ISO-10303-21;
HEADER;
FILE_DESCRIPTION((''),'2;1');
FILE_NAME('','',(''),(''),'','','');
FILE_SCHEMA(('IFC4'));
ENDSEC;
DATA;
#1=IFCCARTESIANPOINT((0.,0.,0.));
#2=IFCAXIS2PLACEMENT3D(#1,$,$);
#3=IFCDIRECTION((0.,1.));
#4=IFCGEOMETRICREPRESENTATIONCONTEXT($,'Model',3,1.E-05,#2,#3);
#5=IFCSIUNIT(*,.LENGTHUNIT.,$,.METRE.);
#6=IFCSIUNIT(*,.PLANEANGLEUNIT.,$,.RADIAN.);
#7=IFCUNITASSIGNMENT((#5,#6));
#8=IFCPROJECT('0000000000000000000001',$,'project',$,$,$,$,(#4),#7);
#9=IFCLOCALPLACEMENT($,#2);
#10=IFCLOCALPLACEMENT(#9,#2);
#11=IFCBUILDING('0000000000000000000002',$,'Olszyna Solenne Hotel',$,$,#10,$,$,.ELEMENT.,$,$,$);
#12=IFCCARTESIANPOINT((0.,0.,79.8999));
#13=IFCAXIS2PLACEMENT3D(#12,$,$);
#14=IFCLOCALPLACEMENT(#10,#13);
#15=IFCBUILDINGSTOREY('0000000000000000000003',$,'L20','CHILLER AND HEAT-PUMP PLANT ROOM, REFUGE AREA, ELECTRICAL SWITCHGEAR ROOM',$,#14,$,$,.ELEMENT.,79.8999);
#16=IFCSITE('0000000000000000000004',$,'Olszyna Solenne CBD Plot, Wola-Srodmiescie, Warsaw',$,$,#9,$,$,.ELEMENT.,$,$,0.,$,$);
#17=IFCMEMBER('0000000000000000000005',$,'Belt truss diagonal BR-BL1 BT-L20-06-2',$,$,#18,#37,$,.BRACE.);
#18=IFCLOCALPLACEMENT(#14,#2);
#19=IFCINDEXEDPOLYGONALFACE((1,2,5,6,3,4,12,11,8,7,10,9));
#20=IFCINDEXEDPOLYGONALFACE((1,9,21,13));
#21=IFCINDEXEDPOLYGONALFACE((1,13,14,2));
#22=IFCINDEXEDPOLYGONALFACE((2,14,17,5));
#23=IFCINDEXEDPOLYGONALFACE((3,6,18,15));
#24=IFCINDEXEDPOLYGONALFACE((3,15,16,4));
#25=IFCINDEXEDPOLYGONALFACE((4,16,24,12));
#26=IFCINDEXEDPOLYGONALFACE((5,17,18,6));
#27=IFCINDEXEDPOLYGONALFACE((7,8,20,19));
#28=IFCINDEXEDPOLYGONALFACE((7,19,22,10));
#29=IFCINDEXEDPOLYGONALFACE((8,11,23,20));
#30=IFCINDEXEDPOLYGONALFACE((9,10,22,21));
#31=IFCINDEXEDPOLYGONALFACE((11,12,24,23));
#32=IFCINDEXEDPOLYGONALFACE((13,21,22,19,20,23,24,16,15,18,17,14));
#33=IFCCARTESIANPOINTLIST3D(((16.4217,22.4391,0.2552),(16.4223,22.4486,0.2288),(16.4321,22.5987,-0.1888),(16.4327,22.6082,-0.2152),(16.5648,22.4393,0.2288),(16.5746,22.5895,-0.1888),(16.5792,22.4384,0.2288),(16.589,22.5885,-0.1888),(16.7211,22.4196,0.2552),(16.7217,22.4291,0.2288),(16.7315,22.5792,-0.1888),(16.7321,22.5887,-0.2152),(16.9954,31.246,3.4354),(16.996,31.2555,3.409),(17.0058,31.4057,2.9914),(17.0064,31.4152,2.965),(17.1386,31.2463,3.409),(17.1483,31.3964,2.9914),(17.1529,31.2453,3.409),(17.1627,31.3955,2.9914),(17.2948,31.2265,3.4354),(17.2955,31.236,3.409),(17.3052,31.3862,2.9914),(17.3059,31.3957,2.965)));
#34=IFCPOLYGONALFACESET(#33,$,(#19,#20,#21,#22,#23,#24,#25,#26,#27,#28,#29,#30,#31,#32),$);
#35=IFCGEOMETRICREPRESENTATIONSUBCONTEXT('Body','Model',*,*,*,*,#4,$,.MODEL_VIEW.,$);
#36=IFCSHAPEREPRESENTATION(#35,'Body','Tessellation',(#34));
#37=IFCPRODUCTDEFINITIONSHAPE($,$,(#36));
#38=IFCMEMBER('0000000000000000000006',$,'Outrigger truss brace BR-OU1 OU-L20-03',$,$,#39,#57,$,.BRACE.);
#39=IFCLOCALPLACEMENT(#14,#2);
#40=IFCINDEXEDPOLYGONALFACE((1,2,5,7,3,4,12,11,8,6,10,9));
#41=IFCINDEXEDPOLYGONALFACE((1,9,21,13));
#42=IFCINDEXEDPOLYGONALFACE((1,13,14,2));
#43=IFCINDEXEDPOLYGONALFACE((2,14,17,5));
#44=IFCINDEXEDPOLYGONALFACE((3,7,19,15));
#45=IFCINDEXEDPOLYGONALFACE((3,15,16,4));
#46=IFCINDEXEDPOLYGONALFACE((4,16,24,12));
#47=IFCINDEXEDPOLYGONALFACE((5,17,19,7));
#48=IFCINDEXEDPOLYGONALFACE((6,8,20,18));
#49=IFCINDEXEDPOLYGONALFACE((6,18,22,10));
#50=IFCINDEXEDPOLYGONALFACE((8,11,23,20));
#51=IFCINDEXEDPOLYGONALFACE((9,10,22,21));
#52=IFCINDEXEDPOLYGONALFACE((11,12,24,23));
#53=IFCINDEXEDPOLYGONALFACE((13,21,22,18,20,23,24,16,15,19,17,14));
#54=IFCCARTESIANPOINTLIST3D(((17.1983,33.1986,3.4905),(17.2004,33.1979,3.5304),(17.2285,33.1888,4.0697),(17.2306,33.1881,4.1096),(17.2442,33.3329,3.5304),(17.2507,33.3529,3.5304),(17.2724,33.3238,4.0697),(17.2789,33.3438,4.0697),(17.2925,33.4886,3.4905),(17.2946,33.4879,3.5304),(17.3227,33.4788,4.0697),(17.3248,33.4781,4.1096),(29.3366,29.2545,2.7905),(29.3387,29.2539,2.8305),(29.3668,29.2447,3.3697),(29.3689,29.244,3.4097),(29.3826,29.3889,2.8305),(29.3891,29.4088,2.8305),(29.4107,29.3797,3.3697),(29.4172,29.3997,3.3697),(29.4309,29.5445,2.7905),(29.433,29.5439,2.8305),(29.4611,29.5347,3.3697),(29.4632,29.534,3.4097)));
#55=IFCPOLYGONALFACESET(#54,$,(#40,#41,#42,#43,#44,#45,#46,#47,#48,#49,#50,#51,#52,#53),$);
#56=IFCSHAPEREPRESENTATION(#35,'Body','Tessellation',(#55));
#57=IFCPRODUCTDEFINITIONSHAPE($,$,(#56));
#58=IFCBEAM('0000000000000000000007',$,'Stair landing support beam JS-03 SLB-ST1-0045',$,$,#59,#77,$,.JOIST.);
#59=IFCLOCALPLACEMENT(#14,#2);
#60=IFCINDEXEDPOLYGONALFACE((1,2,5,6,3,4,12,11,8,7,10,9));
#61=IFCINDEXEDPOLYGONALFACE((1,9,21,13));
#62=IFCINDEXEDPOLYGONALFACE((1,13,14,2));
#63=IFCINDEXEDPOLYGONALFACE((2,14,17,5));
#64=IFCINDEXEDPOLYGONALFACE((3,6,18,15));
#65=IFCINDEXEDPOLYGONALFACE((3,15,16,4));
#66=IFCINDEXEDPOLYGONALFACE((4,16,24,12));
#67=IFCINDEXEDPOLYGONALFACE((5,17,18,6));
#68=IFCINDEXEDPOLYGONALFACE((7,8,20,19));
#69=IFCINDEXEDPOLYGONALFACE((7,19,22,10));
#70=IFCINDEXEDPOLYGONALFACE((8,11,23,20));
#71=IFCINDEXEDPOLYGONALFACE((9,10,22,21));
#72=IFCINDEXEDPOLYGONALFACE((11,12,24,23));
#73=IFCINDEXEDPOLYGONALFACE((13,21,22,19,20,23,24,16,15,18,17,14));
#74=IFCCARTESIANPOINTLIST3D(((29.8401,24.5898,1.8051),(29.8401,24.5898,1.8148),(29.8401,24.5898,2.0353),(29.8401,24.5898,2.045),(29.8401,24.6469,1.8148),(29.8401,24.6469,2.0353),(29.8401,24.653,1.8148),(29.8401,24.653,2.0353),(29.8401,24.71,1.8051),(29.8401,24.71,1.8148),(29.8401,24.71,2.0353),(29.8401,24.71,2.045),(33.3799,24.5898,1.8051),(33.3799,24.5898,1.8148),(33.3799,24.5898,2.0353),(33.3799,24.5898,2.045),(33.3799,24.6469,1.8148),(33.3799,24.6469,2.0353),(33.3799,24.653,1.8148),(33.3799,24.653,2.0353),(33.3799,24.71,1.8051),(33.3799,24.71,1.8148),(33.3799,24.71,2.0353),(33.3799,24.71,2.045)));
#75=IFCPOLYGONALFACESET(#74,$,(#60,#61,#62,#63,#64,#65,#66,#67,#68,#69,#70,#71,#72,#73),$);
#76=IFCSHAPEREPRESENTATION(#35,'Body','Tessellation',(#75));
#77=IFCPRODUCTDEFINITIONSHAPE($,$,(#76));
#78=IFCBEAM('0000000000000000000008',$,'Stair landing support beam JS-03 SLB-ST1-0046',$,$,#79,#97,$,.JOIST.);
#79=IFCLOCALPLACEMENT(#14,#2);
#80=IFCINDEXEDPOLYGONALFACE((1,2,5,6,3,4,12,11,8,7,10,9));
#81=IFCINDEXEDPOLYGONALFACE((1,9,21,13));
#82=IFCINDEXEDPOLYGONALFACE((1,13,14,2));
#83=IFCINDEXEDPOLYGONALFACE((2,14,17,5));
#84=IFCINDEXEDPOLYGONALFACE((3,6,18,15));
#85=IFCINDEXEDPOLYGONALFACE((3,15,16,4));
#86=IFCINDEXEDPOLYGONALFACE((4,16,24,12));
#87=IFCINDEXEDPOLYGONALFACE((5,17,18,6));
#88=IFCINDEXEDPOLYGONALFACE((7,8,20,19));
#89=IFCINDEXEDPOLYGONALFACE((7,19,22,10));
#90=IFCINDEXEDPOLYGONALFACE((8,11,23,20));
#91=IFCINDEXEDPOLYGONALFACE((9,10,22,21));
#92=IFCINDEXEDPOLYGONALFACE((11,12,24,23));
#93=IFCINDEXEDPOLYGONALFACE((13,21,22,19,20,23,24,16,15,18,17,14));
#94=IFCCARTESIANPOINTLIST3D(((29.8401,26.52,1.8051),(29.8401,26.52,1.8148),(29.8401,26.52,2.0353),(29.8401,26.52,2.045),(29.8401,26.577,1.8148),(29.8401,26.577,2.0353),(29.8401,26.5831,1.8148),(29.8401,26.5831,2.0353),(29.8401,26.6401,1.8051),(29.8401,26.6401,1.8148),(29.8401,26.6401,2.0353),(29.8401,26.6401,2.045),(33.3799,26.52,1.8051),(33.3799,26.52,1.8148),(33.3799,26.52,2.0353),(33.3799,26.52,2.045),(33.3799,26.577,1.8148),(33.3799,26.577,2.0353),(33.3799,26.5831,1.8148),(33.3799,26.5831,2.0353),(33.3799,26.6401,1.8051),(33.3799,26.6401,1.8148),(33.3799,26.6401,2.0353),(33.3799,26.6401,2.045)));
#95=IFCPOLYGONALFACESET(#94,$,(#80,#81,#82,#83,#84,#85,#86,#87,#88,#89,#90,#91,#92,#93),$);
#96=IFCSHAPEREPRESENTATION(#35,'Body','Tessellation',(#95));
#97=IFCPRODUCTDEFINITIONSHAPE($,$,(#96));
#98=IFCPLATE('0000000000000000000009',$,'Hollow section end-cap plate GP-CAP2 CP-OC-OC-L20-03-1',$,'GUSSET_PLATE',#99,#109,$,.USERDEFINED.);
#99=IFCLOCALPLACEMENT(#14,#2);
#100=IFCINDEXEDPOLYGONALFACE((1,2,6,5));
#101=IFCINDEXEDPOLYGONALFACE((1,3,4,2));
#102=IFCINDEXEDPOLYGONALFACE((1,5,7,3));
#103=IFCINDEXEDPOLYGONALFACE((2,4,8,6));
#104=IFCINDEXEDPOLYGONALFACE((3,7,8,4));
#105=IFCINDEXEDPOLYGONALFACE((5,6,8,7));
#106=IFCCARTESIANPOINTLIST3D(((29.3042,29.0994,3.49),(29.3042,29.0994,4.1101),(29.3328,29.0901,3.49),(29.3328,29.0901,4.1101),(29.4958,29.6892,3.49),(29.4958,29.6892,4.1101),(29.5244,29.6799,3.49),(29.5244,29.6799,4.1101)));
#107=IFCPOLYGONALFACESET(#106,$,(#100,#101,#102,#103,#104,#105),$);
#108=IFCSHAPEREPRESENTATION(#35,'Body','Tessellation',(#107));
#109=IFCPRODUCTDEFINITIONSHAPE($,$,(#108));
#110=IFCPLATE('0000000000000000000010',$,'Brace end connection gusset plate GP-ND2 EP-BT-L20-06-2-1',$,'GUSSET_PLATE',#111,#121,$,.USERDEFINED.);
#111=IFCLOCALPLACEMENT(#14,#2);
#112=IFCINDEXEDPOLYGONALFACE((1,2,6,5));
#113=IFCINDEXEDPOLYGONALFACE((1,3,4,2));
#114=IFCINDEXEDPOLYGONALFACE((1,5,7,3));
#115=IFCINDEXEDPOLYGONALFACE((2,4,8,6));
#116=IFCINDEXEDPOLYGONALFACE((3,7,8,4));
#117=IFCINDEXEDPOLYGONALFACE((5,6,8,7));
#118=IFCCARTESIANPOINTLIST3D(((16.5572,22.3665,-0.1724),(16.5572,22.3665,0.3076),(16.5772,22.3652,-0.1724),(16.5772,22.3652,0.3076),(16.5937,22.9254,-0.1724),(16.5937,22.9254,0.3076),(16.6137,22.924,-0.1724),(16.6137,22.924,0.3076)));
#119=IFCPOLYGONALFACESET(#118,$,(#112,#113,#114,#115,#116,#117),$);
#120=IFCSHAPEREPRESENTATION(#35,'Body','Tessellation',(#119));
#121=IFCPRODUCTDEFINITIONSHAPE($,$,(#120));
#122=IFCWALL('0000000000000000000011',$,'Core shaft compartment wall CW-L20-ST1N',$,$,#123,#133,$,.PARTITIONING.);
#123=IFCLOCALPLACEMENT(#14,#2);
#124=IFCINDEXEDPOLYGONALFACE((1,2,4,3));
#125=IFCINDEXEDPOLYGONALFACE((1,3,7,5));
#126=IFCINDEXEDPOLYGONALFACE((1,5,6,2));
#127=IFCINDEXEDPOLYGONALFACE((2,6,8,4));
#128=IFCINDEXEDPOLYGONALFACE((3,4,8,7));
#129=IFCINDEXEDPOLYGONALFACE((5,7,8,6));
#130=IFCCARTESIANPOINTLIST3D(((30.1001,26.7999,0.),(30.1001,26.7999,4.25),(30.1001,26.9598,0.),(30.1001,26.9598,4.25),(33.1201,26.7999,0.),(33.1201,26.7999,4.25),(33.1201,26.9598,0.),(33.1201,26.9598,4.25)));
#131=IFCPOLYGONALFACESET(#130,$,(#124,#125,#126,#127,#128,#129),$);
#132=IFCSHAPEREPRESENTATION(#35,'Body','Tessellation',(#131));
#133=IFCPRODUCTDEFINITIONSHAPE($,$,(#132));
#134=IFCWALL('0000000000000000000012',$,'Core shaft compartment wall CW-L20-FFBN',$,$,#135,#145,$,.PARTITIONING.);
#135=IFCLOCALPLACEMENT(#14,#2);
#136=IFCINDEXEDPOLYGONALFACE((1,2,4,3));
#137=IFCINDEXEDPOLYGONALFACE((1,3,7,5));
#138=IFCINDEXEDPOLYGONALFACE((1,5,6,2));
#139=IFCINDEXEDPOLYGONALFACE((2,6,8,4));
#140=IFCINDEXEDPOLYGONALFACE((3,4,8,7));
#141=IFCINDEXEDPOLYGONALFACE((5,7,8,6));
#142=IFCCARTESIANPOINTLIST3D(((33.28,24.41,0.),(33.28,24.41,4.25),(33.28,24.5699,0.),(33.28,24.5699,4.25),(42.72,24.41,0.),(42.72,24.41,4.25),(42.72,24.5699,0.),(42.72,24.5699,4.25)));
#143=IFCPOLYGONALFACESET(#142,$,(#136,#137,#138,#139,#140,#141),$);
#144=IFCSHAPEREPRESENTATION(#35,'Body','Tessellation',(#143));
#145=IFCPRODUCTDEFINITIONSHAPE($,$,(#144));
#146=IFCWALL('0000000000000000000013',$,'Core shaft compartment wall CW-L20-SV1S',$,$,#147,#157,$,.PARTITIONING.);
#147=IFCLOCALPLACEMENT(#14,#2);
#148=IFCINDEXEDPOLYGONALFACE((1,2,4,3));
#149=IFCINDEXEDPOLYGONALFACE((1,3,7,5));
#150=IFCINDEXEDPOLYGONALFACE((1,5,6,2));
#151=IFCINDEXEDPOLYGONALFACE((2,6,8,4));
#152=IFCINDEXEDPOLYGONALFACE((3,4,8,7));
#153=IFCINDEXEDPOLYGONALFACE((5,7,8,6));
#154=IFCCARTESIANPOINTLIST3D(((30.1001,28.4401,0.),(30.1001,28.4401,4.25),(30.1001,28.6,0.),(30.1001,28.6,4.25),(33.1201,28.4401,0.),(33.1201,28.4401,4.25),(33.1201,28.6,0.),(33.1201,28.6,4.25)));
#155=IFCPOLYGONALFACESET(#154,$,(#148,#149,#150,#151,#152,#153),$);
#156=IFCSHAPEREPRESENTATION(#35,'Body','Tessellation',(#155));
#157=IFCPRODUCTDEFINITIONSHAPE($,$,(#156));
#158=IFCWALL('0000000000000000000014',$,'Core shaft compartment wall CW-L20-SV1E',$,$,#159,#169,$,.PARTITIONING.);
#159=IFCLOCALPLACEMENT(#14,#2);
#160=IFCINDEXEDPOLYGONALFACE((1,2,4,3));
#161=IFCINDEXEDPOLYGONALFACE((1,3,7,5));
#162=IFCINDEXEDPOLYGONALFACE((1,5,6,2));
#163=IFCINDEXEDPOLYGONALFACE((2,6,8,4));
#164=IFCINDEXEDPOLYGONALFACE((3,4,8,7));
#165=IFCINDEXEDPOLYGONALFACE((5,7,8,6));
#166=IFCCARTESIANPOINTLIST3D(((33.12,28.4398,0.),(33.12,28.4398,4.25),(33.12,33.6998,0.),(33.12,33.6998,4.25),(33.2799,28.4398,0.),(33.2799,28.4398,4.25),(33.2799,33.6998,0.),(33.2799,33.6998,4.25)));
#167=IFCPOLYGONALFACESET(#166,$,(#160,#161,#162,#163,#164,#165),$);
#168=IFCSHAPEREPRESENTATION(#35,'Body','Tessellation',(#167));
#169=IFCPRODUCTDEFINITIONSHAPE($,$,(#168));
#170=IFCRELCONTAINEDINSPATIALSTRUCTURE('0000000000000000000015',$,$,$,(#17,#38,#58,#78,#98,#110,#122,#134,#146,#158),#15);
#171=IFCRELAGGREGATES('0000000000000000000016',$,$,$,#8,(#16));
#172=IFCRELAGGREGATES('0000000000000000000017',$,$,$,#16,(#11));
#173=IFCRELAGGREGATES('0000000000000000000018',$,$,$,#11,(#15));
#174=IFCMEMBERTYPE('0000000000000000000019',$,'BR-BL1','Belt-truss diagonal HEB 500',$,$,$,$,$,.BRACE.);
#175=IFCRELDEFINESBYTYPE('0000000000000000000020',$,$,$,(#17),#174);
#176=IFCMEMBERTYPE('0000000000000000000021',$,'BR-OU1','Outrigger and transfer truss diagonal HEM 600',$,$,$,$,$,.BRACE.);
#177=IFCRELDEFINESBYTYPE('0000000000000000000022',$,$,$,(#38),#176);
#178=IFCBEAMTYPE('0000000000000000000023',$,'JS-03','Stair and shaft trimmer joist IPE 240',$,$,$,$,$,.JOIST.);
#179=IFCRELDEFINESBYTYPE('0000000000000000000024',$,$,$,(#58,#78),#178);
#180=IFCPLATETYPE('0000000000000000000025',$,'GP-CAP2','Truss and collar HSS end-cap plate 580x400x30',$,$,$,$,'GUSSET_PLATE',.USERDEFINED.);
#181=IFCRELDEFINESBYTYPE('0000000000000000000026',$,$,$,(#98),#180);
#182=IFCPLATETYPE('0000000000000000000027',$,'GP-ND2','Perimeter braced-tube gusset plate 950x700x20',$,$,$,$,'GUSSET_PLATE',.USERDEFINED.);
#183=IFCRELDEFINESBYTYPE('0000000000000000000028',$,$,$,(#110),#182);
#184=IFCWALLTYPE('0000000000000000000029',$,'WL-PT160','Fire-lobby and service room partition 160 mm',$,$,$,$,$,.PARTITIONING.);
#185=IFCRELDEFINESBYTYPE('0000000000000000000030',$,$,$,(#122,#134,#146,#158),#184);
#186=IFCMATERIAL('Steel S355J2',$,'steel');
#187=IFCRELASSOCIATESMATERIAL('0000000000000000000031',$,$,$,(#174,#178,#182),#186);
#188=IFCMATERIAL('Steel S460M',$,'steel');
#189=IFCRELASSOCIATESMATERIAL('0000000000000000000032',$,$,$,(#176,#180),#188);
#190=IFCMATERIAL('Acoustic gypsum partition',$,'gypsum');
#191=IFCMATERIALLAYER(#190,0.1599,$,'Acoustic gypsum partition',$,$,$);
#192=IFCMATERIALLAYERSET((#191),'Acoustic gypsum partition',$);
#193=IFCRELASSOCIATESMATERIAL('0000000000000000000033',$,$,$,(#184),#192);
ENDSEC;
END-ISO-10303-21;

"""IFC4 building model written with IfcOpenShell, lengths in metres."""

from ifc_helpers import new_model, si_unit, direction, frame, frame_2d, origin, origin_2d, place, context, subcontext, project, spatial, rectangle, i_section, extrude, source, transform, mapped, material, layer, layer_set, material_profile, profile_set, type_object, element, save


model = new_model("IFC4")

# Units and contexts
model_context = context("Model", 3, precision=1e-05, world=origin(), true_north=direction((0.0, 1.0)))
body_context = subcontext(model_context, "Body", "Model", "MODEL_VIEW")
ifc_project = project(units=[si_unit("LENGTHUNIT", "METRE"), si_unit("PLANEANGLEUNIT", "RADIAN")], contexts=[model_context])

# Site, building, storey
site_placement = place(None, origin())
site = spatial("IfcSite", under=ifc_project, at=site_placement, Name="Olszyna Solenne CBD Plot, Wola-Srodmiescie, Warsaw", CompositionType="ELEMENT", RefElevation=0.0)
building_placement = place(site_placement, origin())
building = spatial("IfcBuilding", under=site, at=building_placement, Name="Olszyna Solenne Hotel", CompositionType="ELEMENT")
storey_placement = place(building_placement, frame((0.0, 0.0, 79.8999)))
storey = spatial("IfcBuildingStorey", under=building, at=storey_placement, Name="L20", Description="CHILLER AND HEAT-PUMP PLANT ROOM, REFUGE AREA, ELECTRICAL SWITCHGEAR ROOM", CompositionType="ELEMENT", Elevation=79.8999)

# Members
ifc_material_1 = material(Name="Steel S355J2", Category="steel")
ifc_material_profile_1 = material_profile(ifc_material_1, i_section(OverallWidth=0.3, OverallDepth=0.5, WebThickness=0.0144, FlangeThickness=0.0281, at=origin_2d()), Name="HEB 500", Category="load-bearing")
ifc_profile_set_1 = profile_set([ifc_material_profile_1], Name="Steel S355J2")
member_type_1 = type_object("IfcMemberType", Name="BR-BL1", Description="Belt-truss diagonal HEB 500", PredefinedType="BRACE", material=ifc_profile_set_1)
shared_shape_1 = source(origin(), body_context, "Body", "SweptSolid", [
    extrude(i_section(OverallWidth=0.3, OverallDepth=0.5, WebThickness=0.0144, FlangeThickness=0.0281, at=origin_2d()), origin(), (0.0, 0.0, 1.0), 9.3811),
])
member_1_placement = place(storey_placement, frame((16.5769, 22.5139, 0.02), z_axis=(0.061159, 0.938796, 0.339), x_axis=(-0.997885, 0.065008, 0.0)))
element("IfcMember", 1, at=member_1_placement, inside=storey, type_object=member_type_1, Name="Belt truss diagonal BR-BL1 BT-L20-06-2", PredefinedType="BRACE", context=body_context, shape_type="MappedRepresentation", body=[
    mapped(shared_shape_1, transform((0.0, 0.0, 0.0), x_axis=(1.0, 0.0, 0.0), y_axis=(0.0, 1.0, 0.0), z_axis=(0.0, 0.0, 1.0), scale=1.0)),
])
ifc_material_2 = material(Name="Steel S460M", Category="steel")
ifc_material_profile_2 = material_profile(ifc_material_2, i_section(OverallWidth=0.3049, OverallDepth=0.6201, WebThickness=0.021, FlangeThickness=0.04, at=origin_2d()), Name="HEM 600", Category="load-bearing")
ifc_profile_set_2 = profile_set([ifc_material_profile_2], Name="Steel S460M")
member_type_2 = type_object("IfcMemberType", Name="BR-OU1", Description="Outrigger and transfer truss diagonal HEM 600", PredefinedType="BRACE", material=ifc_profile_set_2)
shared_shape_2 = source(origin(), body_context, "Body", "SweptSolid", [
    extrude(i_section(OverallWidth=0.3049, OverallDepth=0.6201, WebThickness=0.021, FlangeThickness=0.04, at=origin_2d()), origin(), (0.0, 0.0, 1.0), 12.7822),
])
member_2_placement = place(storey_placement, frame((29.3999, 29.3943, 3.1001), z_axis=(-0.949628, 0.308559, 0.054759), x_axis=(-0.309022, -0.951055, 0.0)))
element("IfcMember", 2, at=member_2_placement, inside=storey, type_object=member_type_2, Name="Outrigger truss brace BR-OU1 OU-L20-03", PredefinedType="BRACE", context=body_context, shape_type="MappedRepresentation", body=[
    mapped(shared_shape_2, transform((0.0, 0.0, 0.0), x_axis=(1.0, 0.0, 0.0), y_axis=(0.0, 1.0, 0.0), z_axis=(0.0, 0.0, 1.0), scale=1.0)),
])

# Beams
ifc_material_profile_3 = material_profile(ifc_material_1, i_section(OverallWidth=0.1201, OverallDepth=0.24, WebThickness=0.0061, FlangeThickness=0.0098, at=origin_2d()), Name="IPE 240", Category="load-bearing")
ifc_profile_set_3 = profile_set([ifc_material_profile_3], Name="Steel S355J2")
beam_type = type_object("IfcBeamType", Name="JS-03", Description="Stair and shaft trimmer joist IPE 240", PredefinedType="JOIST", material=ifc_profile_set_3)
shared_shape_3 = source(origin(), body_context, "Body", "SweptSolid", [
    extrude(i_section(OverallWidth=0.1201, OverallDepth=0.24, WebThickness=0.0061, FlangeThickness=0.0098, at=origin_2d()), origin(), (0.0, 0.0, 1.0), 3.5398),
])
for number, where, z_axis, x_axis, name in (
    (3, (33.3799, 24.6499, 1.925), (-1.0, 0.0, 0.0), (0.0, -1.0, 0.0), "Stair landing support beam JS-03 SLB-ST1-0045"),
    (4, (33.3799, 26.5801, 1.925), (-1.0, 0.0, 0.0), (0.0, -1.0, 0.0), "Stair landing support beam JS-03 SLB-ST1-0046"),
):
    element("IfcBeam", number, at=place(storey_placement, frame(where, z_axis=z_axis, x_axis=x_axis)), inside=storey, type_object=beam_type, Name=name, PredefinedType="JOIST", context=body_context, shape_type="MappedRepresentation", body=[
        mapped(shared_shape_3, transform((0.0, 0.0, 0.0), x_axis=(1.0, 0.0, 0.0), y_axis=(0.0, 1.0, 0.0), z_axis=(0.0, 0.0, 1.0), scale=1.0)),
    ])

# Plates
plate_type_1 = type_object("IfcPlateType", Name="GP-CAP2", Description="Truss and collar HSS end-cap plate 580x400x30", ElementType="GUSSET_PLATE", PredefinedType="USERDEFINED", material=ifc_material_2)
shared_shape_4 = source(origin(), body_context, "Body", "SweptSolid", [
    extrude(rectangle(XDim=0.03, YDim=0.6201, at=origin_2d()), origin(), (0.0, 0.0, 1.0), 0.6201),
])
plate_1_placement = place(storey_placement, frame((29.4143, 29.3896, 3.49), z_axis=(0.0, 0.0, 1.0), x_axis=(-0.951057, 0.309017, 0.0)))
element("IfcPlate", 5, at=plate_1_placement, inside=storey, type_object=plate_type_1, Name="Hollow section end-cap plate GP-CAP2 CP-OC-OC-L20-03-1", ObjectType="GUSSET_PLATE", PredefinedType="USERDEFINED", context=body_context, shape_type="MappedRepresentation", body=[
    mapped(shared_shape_4, transform((0.0, 0.0, 0.0), x_axis=(1.0, 0.0, 0.0), y_axis=(0.0, 1.0, 0.0), z_axis=(0.0, 0.0, 1.0), scale=1.0)),
])
plate_type_2 = type_object("IfcPlateType", Name="GP-ND2", Description="Perimeter braced-tube gusset plate 950x700x20", ElementType="GUSSET_PLATE", PredefinedType="USERDEFINED", material=ifc_material_1)
shared_shape_5 = source(origin(), body_context, "Body", "SweptSolid", [
    extrude(rectangle(XDim=0.5601, YDim=0.02, at=origin_2d()), origin(), (0.0, 0.0, 1.0), 0.48),
])
plate_2_placement = place(storey_placement, frame((16.5854, 22.6453, -0.1724), z_axis=(0.0, 0.0, 1.0), x_axis=(0.065055, 0.997882, 0.0)))
element("IfcPlate", 6, at=plate_2_placement, inside=storey, type_object=plate_type_2, Name="Brace end connection gusset plate GP-ND2 EP-BT-L20-06-2-1", ObjectType="GUSSET_PLATE", PredefinedType="USERDEFINED", context=body_context, shape_type="MappedRepresentation", body=[
    mapped(shared_shape_5, transform((0.0, 0.0, 0.0), x_axis=(1.0, 0.0, 0.0), y_axis=(0.0, 1.0, 0.0), z_axis=(0.0, 0.0, 1.0), scale=1.0)),
])

# Walls
ifc_material_3 = material(Name="Acoustic gypsum partition", Category="gypsum")
ifc_layer = layer(ifc_material_3, 0.1599, Name="Acoustic gypsum partition")
ifc_layer_set = layer_set([ifc_layer], Name="Acoustic gypsum partition")
wall_type = type_object("IfcWallType", Name="WL-PT160", Description="Fire-lobby and service room partition 160 mm", PredefinedType="PARTITIONING", material=ifc_layer_set)
wall_1_placement = place(storey_placement, frame((30.1001, 26.8799, 0.0), z_axis=(0.0, 0.0, 1.0), x_axis=(1.0, 0.0, 0.0)))
element("IfcWall", 7, at=wall_1_placement, inside=storey, type_object=wall_type, Name="Core shaft compartment wall CW-L20-ST1N", PredefinedType="PARTITIONING", context=body_context, shape_type="SweptSolid", body=[
    extrude(rectangle(XDim=3.02, YDim=0.1599, at=frame_2d((1.51, 0.0))), origin(), (0.0, 0.0, 1.0), 4.25),
])
wall_2_placement = place(storey_placement, frame((33.28, 24.49, 0.0), z_axis=(0.0, 0.0, 1.0), x_axis=(1.0, 0.0, 0.0)))
element("IfcWall", 8, at=wall_2_placement, inside=storey, type_object=wall_type, Name="Core shaft compartment wall CW-L20-FFBN", PredefinedType="PARTITIONING", context=body_context, shape_type="SweptSolid", body=[
    extrude(rectangle(XDim=9.4399, YDim=0.1599, at=frame_2d((4.72, 0.0))), origin(), (0.0, 0.0, 1.0), 4.25),
])
wall_3_placement = place(storey_placement, frame((30.1001, 28.52, 0.0), z_axis=(0.0, 0.0, 1.0), x_axis=(1.0, 0.0, 0.0)))
element("IfcWall", 9, at=wall_3_placement, inside=storey, type_object=wall_type, Name="Core shaft compartment wall CW-L20-SV1S", PredefinedType="PARTITIONING", context=body_context, shape_type="SweptSolid", body=[
    extrude(rectangle(XDim=3.02, YDim=0.1599, at=frame_2d((1.51, 0.0))), origin(), (0.0, 0.0, 1.0), 4.25),
])
wall_4_placement = place(storey_placement, frame((33.2, 28.4399, 0.0), z_axis=(0.0, 0.0, 1.0), x_axis=(0.0, 1.0, 0.0)))
element("IfcWall", 10, at=wall_4_placement, inside=storey, type_object=wall_type, Name="Core shaft compartment wall CW-L20-SV1E", PredefinedType="PARTITIONING", context=body_context, shape_type="SweptSolid", body=[
    extrude(rectangle(XDim=5.26, YDim=0.1599, at=frame_2d((2.6299, 0.0))), origin(), (0.0, 0.0, 1.0), 4.25),
])

save(model, "model.ifc")
